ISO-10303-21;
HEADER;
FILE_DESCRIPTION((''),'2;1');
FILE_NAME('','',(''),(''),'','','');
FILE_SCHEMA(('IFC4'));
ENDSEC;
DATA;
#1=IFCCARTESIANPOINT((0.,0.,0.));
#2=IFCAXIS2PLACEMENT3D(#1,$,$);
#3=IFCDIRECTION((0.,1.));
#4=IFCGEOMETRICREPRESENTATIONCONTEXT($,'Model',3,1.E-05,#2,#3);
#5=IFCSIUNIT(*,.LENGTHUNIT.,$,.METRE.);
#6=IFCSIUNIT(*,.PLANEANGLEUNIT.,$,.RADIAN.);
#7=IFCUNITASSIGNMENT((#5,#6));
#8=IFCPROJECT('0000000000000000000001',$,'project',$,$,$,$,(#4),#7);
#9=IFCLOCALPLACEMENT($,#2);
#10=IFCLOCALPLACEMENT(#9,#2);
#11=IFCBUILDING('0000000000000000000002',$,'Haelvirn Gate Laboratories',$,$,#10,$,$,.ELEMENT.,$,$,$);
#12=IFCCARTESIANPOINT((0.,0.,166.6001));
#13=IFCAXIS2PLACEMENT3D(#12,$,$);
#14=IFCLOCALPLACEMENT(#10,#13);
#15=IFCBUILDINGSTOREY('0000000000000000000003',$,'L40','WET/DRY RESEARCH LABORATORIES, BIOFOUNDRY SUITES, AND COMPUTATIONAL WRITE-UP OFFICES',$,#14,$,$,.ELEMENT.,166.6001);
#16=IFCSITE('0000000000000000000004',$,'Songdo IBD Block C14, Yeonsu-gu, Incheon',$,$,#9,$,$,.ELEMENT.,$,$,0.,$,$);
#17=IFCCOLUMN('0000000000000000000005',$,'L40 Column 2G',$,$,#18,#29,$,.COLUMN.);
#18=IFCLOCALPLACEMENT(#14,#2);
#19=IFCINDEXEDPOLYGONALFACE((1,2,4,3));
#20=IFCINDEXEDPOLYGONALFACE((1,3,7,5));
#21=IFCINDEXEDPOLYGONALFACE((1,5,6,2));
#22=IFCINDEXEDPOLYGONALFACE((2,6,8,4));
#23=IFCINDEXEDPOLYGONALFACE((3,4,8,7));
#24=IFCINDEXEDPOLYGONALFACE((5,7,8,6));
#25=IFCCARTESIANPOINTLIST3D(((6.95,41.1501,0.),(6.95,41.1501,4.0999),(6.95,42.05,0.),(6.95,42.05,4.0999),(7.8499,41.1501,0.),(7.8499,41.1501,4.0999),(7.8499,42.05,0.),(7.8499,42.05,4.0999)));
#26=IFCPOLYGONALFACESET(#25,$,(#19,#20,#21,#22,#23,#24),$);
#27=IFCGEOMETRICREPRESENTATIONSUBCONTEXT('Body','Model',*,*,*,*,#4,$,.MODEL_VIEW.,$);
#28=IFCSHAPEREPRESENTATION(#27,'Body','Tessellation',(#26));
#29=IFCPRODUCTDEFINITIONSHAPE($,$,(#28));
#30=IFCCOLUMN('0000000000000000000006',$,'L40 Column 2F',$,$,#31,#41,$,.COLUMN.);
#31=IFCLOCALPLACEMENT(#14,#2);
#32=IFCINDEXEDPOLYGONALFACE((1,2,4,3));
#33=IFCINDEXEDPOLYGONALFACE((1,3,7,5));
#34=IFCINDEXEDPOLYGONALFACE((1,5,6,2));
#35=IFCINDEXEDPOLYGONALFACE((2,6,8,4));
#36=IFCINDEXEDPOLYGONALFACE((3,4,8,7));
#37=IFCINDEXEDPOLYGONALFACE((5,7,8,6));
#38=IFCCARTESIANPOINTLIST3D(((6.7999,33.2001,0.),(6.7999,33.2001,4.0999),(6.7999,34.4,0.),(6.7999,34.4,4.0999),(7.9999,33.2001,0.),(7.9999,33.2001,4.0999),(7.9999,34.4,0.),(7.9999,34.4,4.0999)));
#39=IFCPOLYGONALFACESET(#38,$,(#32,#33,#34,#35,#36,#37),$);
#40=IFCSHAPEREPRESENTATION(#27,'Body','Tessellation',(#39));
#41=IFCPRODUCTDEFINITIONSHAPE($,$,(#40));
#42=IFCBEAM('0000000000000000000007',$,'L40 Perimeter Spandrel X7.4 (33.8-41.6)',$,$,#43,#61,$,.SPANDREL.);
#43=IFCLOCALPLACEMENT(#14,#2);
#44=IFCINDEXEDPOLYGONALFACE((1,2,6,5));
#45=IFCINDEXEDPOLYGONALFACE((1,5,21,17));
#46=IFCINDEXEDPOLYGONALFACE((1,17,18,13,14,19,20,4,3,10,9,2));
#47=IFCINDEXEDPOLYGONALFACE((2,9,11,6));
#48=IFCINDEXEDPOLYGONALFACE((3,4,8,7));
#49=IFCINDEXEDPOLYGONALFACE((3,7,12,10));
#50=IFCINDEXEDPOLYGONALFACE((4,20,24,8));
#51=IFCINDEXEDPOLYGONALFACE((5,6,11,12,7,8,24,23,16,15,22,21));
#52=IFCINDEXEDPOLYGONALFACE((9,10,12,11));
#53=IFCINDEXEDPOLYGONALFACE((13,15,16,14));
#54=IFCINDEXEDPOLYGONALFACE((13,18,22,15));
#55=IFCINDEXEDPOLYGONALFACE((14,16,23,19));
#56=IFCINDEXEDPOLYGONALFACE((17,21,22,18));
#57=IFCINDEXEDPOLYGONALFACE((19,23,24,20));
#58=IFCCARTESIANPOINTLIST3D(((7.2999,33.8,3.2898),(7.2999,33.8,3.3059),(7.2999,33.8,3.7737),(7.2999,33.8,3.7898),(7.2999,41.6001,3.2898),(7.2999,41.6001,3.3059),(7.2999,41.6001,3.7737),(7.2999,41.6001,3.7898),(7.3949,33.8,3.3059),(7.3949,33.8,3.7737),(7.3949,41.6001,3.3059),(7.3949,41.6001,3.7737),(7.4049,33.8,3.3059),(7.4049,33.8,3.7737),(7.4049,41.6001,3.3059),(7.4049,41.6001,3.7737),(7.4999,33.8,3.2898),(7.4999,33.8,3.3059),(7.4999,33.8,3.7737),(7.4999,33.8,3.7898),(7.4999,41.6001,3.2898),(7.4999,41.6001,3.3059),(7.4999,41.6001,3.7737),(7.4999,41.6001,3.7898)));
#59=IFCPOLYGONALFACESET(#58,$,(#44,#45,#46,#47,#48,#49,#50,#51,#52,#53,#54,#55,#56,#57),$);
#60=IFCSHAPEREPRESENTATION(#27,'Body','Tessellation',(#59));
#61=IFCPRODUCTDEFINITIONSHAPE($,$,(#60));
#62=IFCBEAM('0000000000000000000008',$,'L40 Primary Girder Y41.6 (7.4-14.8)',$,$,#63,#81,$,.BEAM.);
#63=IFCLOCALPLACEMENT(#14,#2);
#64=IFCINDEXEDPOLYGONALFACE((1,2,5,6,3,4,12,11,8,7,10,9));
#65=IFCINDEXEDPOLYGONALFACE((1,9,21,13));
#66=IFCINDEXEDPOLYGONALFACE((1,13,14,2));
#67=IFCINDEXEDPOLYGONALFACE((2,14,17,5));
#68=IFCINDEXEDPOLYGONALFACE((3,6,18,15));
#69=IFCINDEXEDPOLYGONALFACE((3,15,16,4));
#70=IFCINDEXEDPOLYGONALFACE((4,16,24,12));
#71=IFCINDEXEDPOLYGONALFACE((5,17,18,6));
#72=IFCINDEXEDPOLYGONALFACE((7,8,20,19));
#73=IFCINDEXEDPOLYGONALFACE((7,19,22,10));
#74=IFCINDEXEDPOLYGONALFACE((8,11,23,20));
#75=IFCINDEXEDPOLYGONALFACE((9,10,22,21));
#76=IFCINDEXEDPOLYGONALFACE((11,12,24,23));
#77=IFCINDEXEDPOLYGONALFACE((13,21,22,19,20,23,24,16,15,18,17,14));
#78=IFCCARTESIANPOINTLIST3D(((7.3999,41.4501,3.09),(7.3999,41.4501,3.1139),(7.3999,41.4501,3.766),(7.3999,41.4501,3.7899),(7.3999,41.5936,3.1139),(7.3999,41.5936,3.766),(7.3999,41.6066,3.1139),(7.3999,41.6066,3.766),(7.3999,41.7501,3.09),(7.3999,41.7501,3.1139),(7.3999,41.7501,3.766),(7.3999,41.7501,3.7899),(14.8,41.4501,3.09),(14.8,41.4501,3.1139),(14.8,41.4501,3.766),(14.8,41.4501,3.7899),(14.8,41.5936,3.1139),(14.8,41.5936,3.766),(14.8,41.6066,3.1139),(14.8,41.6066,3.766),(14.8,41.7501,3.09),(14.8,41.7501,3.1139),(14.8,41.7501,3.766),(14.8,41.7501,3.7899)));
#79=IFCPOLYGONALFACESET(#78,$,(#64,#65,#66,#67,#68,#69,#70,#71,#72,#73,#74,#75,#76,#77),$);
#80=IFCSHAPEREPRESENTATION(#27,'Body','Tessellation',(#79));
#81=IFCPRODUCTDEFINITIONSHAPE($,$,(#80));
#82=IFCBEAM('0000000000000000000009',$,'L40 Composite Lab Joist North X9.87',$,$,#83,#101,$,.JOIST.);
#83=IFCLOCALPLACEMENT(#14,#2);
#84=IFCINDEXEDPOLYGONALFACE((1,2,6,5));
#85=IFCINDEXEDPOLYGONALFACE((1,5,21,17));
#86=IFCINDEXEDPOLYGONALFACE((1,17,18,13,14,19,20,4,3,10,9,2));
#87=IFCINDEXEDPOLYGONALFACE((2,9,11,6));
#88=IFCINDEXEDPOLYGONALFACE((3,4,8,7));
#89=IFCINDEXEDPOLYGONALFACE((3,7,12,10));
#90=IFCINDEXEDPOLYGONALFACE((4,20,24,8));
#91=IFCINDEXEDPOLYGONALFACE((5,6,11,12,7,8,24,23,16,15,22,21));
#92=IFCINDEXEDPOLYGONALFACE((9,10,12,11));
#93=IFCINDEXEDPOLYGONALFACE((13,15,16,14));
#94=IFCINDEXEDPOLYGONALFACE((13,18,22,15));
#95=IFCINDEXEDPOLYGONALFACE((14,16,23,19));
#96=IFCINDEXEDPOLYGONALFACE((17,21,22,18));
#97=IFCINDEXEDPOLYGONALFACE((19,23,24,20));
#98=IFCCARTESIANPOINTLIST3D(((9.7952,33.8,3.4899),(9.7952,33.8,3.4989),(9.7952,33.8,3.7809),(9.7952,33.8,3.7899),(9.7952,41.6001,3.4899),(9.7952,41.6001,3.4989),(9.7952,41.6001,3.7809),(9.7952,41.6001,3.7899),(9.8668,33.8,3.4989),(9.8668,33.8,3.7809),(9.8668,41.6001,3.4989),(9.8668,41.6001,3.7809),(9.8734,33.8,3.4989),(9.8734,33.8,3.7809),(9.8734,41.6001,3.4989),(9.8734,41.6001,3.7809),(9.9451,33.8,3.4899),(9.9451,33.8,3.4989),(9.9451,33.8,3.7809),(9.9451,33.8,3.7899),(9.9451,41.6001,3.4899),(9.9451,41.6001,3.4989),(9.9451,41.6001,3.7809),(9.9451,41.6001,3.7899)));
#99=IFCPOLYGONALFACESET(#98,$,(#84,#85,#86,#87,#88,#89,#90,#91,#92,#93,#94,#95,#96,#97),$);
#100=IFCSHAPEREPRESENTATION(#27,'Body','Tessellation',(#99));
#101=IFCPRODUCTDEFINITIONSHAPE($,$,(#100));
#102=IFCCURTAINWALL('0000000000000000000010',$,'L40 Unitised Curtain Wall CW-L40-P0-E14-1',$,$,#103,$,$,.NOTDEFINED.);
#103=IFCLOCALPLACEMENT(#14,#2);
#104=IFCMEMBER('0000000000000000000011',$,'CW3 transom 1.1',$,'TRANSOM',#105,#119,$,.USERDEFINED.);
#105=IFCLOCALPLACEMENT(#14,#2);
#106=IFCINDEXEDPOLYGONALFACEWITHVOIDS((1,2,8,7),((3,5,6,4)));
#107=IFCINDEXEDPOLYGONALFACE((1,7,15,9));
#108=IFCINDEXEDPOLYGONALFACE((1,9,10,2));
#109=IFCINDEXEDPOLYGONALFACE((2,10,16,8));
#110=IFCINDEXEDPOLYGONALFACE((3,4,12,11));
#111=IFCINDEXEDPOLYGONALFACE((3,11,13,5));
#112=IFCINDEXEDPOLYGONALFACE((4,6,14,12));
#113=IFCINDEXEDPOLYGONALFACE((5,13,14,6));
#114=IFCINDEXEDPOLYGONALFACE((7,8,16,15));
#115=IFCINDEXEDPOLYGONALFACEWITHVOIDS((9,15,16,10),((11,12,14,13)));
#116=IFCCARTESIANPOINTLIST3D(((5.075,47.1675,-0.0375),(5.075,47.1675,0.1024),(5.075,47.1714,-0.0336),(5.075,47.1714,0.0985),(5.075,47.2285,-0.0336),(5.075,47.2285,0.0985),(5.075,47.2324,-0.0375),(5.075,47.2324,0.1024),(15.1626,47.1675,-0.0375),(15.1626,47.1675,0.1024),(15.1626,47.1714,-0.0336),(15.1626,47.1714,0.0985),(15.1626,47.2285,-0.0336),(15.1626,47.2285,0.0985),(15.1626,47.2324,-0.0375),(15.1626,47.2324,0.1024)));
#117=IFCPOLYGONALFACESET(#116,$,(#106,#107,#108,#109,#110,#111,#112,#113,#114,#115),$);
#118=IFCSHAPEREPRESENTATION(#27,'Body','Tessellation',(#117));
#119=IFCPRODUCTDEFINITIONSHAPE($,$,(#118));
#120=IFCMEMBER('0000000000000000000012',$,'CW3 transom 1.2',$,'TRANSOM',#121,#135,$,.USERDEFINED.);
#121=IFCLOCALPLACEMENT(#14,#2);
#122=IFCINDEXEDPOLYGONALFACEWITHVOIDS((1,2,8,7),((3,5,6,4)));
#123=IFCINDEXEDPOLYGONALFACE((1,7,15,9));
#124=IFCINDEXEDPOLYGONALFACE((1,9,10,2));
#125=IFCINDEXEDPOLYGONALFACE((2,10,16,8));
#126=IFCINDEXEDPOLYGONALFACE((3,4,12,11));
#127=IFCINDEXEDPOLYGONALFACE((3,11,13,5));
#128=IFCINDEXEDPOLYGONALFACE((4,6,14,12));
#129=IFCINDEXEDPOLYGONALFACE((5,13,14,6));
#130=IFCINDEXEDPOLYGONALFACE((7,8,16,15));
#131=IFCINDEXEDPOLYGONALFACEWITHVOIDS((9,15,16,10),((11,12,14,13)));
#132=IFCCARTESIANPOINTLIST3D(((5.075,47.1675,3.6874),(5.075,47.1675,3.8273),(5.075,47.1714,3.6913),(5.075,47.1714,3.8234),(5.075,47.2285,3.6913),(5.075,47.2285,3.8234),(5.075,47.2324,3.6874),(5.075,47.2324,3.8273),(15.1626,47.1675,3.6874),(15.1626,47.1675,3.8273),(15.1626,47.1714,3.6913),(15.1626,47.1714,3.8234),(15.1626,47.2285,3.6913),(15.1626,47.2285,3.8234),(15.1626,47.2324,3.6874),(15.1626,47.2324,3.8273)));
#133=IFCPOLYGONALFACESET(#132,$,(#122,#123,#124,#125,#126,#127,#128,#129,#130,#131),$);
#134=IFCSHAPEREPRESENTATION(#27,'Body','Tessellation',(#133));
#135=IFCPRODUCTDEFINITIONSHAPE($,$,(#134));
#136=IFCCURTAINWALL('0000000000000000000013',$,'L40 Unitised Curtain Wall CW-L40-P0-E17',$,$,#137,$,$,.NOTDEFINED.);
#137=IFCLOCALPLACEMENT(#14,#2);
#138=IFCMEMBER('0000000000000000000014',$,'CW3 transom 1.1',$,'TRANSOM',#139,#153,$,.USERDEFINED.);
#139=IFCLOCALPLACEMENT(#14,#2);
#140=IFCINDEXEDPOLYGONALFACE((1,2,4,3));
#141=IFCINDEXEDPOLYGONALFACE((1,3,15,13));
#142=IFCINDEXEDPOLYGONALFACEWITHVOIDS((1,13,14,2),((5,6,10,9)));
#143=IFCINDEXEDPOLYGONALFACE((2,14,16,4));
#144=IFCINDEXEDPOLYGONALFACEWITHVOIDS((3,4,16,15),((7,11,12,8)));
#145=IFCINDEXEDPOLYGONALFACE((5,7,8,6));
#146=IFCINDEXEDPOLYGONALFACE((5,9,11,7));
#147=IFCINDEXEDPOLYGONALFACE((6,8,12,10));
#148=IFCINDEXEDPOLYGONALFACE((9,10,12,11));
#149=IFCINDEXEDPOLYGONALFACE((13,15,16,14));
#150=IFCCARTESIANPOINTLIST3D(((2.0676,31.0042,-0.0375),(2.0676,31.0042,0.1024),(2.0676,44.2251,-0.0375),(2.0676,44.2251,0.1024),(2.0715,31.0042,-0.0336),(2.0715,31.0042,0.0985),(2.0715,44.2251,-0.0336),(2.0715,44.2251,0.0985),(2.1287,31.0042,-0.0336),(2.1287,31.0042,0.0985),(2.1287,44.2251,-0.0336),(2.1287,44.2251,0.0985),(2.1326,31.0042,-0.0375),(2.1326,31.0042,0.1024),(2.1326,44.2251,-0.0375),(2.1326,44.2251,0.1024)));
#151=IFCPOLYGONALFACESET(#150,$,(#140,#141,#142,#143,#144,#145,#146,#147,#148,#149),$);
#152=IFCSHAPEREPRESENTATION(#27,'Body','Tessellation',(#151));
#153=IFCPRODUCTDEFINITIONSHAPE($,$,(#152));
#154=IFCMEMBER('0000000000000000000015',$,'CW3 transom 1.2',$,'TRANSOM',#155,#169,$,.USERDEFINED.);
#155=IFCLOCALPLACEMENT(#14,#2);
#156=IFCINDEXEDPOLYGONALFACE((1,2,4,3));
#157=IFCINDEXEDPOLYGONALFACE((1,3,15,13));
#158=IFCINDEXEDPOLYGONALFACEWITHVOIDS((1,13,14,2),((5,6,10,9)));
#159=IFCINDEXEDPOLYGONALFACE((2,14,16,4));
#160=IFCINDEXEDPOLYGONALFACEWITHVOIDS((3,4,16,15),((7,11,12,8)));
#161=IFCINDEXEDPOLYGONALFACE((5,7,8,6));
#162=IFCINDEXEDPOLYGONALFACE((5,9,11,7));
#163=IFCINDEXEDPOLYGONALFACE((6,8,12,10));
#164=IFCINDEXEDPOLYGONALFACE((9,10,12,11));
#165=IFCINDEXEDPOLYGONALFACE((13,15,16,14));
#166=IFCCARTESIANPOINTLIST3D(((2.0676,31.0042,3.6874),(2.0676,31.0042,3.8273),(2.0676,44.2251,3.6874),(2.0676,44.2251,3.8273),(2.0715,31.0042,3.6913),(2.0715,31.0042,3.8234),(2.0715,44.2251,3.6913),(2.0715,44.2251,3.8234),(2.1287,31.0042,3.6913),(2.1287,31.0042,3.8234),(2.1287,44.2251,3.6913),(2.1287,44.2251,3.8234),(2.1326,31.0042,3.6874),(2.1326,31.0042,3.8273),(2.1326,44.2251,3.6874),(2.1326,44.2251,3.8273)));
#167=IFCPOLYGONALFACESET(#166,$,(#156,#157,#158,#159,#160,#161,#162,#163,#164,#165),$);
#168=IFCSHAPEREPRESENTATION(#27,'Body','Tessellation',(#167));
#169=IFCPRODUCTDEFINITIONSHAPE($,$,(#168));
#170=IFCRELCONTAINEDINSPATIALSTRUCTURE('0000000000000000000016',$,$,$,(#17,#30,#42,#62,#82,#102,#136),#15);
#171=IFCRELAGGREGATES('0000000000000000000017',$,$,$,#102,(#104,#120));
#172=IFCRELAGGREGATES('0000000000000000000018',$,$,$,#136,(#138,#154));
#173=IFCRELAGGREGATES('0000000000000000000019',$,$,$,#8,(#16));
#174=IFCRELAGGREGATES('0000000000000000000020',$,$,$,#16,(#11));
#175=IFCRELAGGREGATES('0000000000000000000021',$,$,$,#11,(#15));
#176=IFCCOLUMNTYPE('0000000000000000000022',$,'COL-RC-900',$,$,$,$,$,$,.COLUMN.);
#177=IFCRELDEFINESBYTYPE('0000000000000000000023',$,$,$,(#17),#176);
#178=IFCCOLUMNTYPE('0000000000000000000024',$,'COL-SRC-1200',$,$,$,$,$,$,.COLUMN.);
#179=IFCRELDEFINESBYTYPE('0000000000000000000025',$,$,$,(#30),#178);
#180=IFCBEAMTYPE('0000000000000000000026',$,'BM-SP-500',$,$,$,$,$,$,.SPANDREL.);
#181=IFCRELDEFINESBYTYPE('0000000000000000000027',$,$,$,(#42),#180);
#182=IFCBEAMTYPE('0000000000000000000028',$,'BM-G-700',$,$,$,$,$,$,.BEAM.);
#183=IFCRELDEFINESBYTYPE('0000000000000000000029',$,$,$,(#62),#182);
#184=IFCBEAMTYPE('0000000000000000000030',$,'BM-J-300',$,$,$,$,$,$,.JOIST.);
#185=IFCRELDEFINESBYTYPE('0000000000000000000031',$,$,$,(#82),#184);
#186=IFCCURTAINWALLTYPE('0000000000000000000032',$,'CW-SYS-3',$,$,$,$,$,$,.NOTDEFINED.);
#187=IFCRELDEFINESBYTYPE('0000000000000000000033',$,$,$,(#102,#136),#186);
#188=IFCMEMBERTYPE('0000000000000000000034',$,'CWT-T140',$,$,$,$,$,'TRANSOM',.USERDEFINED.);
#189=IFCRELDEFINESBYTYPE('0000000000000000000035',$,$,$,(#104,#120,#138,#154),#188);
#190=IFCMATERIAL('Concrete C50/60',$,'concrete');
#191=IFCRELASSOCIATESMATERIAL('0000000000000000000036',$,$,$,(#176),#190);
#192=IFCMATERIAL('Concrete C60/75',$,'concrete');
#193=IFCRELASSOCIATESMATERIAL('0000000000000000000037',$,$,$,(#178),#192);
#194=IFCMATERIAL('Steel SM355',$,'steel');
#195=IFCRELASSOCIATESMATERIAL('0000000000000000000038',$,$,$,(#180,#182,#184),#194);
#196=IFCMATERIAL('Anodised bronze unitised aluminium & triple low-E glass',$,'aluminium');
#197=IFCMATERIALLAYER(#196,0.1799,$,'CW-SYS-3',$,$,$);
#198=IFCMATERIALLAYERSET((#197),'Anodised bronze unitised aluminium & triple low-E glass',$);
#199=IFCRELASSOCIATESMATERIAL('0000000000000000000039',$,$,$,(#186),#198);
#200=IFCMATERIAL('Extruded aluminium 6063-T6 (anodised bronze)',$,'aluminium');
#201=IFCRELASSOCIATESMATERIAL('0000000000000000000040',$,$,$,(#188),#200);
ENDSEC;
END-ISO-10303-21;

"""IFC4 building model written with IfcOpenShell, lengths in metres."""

from ifc_helpers import new_model, si_unit, direction, frame, origin, origin_2d, place, context, subcontext, project, spatial, rectangle, hollow_rectangle, i_section, extrude, source, transform, mapped, material, layer, layer_set, material_profile, profile_set, type_object, type_shapes, element, aggregate, save


model = new_model("IFC4")

# Units and contexts
model_context = context("Model", 3, precision=1e-05, world=origin(), true_north=direction((0.0, 1.0)))
body_context = subcontext(model_context, "Body", "Model", "MODEL_VIEW")
ifc_project = project(units=[si_unit("LENGTHUNIT", "METRE"), si_unit("PLANEANGLEUNIT", "RADIAN")], contexts=[model_context])

# Site, building, storey
site_placement = place(None, origin())
site = spatial("IfcSite", under=ifc_project, at=site_placement, Name="Songdo IBD Block C14, Yeonsu-gu, Incheon", CompositionType="ELEMENT", RefElevation=0.0)
building_placement = place(site_placement, origin())
building = spatial("IfcBuilding", under=site, at=building_placement, Name="Haelvirn Gate Laboratories", CompositionType="ELEMENT")
storey_placement = place(building_placement, frame((0.0, 0.0, 166.6001)))
storey = spatial("IfcBuildingStorey", under=building, at=storey_placement, Name="L40", Description="WET/DRY RESEARCH LABORATORIES, BIOFOUNDRY SUITES, AND COMPUTATIONAL WRITE-UP OFFICES", CompositionType="ELEMENT", Elevation=166.6001)

# Columns
ifc_material_1 = material(Name="Concrete C50/60", Category="concrete")
ifc_material_profile_1 = material_profile(ifc_material_1, rectangle(XDim=0.8999, YDim=0.8999, at=origin_2d()), Name="RC-900x900")
ifc_profile_set_1 = profile_set([ifc_material_profile_1], Name="Concrete C50/60")
column_type_1 = type_object("IfcColumnType", Name="COL-RC-900", PredefinedType="COLUMN", material=ifc_profile_set_1)
shared_shape_1 = source(origin(), body_context, "Body", "SweptSolid", [
    extrude(rectangle(XDim=0.8999, YDim=0.8999, at=origin_2d()), origin(), (0.0, 0.0, 1.0), 4.0999),
])
type_shapes(column_type_1, [shared_shape_1])
column_1_placement = place(storey_placement, frame((7.3999, 41.6001, 0.0), z_axis=(0.0, 0.0, 1.0), x_axis=(1.0, 0.0, 0.0)))
element("IfcColumn", 1, at=column_1_placement, inside=storey, type_object=column_type_1, Name="L40 Column 2G", PredefinedType="COLUMN", context=body_context, shape_type="MappedRepresentation", body=[
    mapped(shared_shape_1, transform((0.0, 0.0, 0.0), scale=1.0)),
])
ifc_material_2 = material(Name="Concrete C60/75", Category="concrete")
ifc_material_profile_2 = material_profile(ifc_material_2, rectangle(XDim=1.2, YDim=1.2, at=origin_2d()), Name="SRC-1200x1200")
ifc_profile_set_2 = profile_set([ifc_material_profile_2], Name="Concrete C60/75")
column_type_2 = type_object("IfcColumnType", Name="COL-SRC-1200", PredefinedType="COLUMN", material=ifc_profile_set_2)
shared_shape_2 = source(origin(), body_context, "Body", "SweptSolid", [
    extrude(rectangle(XDim=1.2, YDim=1.2, at=origin_2d()), origin(), (0.0, 0.0, 1.0), 4.0999),
])
type_shapes(column_type_2, [shared_shape_2])
column_2_placement = place(storey_placement, frame((7.3999, 33.8, 0.0), z_axis=(0.0, 0.0, 1.0), x_axis=(1.0, 0.0, 0.0)))
element("IfcColumn", 2, at=column_2_placement, inside=storey, type_object=column_type_2, Name="L40 Column 2F", PredefinedType="COLUMN", context=body_context, shape_type="MappedRepresentation", body=[
    mapped(shared_shape_2, transform((0.0, 0.0, 0.0), scale=1.0)),
])

# Beams
ifc_material_3 = material(Name="Steel SM355", Category="steel")
ifc_material_profile_3 = material_profile(ifc_material_3, i_section(OverallWidth=0.2, OverallDepth=0.5, WebThickness=0.01, FlangeThickness=0.0161, at=origin_2d()), Name="H-500x200x10x16")
ifc_profile_set_3 = profile_set([ifc_material_profile_3], Name="Steel SM355")
beam_type_1 = type_object("IfcBeamType", Name="BM-SP-500", PredefinedType="SPANDREL", material=ifc_profile_set_3)
shared_shape_3 = source(origin(), body_context, "Body", "SweptSolid", [
    extrude(i_section(OverallWidth=0.2, OverallDepth=0.5, WebThickness=0.01, FlangeThickness=0.0161, at=origin_2d()), origin(), (0.0, 0.0, 1.0), 7.8),
])
type_shapes(beam_type_1, [shared_shape_3])
beam_1_placement = place(storey_placement, frame((7.3999, 33.8, 3.5398), z_axis=(0.0, 1.0, 0.0), x_axis=(-1.0, 0.0, 0.0)))
element("IfcBeam", 3, at=beam_1_placement, inside=storey, type_object=beam_type_1, Name="L40 Perimeter Spandrel X7.4 (33.8-41.6)", PredefinedType="SPANDREL", context=body_context, shape_type="MappedRepresentation", body=[
    mapped(shared_shape_3, transform((0.0, 0.0, 0.0), scale=1.0)),
])
ifc_material_profile_4 = material_profile(ifc_material_3, i_section(OverallWidth=0.3, OverallDepth=0.7, WebThickness=0.0129, FlangeThickness=0.0239, at=origin_2d()), Name="H-700x300x13x24")
ifc_profile_set_4 = profile_set([ifc_material_profile_4], Name="Steel SM355")
beam_type_2 = type_object("IfcBeamType", Name="BM-G-700", PredefinedType="BEAM", material=ifc_profile_set_4)
shared_shape_4 = source(origin(), body_context, "Body", "SweptSolid", [
    extrude(i_section(OverallWidth=0.3, OverallDepth=0.7, WebThickness=0.0129, FlangeThickness=0.0239, at=origin_2d()), origin(), (0.0, 0.0, 1.0), 7.4001),
])
type_shapes(beam_type_2, [shared_shape_4])
beam_2_placement = place(storey_placement, frame((7.3999, 41.6001, 3.4399), z_axis=(1.0, 0.0, 0.0), x_axis=(0.0, 1.0, 0.0)))
element("IfcBeam", 4, at=beam_2_placement, inside=storey, type_object=beam_type_2, Name="L40 Primary Girder Y41.6 (7.4-14.8)", PredefinedType="BEAM", context=body_context, shape_type="MappedRepresentation", body=[
    mapped(shared_shape_4, transform((0.0, 0.0, 0.0), scale=1.0)),
])
ifc_material_profile_5 = material_profile(ifc_material_3, i_section(OverallWidth=0.1499, OverallDepth=0.3, WebThickness=0.0066, FlangeThickness=0.009, at=origin_2d()), Name="H-300x150x6.5x9")
ifc_profile_set_5 = profile_set([ifc_material_profile_5], Name="Steel SM355")
beam_type_3 = type_object("IfcBeamType", Name="BM-J-300", PredefinedType="JOIST", material=ifc_profile_set_5)
shared_shape_5 = source(origin(), body_context, "Body", "SweptSolid", [
    extrude(i_section(OverallWidth=0.1499, OverallDepth=0.3, WebThickness=0.0066, FlangeThickness=0.009, at=origin_2d()), origin(), (0.0, 0.0, 1.0), 7.8),
])
type_shapes(beam_type_3, [shared_shape_5])
beam_3_placement = place(storey_placement, frame((9.8701, 33.8, 3.6399), z_axis=(0.0, 1.0, 0.0), x_axis=(-1.0, 0.0, 0.0)))
element("IfcBeam", 5, at=beam_3_placement, inside=storey, type_object=beam_type_3, Name="L40 Composite Lab Joist North X9.87", PredefinedType="JOIST", context=body_context, shape_type="MappedRepresentation", body=[
    mapped(shared_shape_5, transform((0.0, 0.0, 0.0), scale=1.0)),
])

# Curtain walls, members
ifc_material_4 = material(Name="Anodised bronze unitised aluminium & triple low-E glass", Category="aluminium")
ifc_layer_1 = layer(ifc_material_4, 0.1799, Name="CW-SYS-3")
ifc_layer_set_1 = layer_set([ifc_layer_1], Name="Anodised bronze unitised aluminium & triple low-E glass")
curtain_wall_type_1 = type_object("IfcCurtainWallType", Name="CW-SYS-3", PredefinedType="NOTDEFINED", material=ifc_layer_set_1)
curtain_wall_1_placement = place(storey_placement, origin())
curtain_wall_1 = element("IfcCurtainWall", 6, at=curtain_wall_1_placement, inside=storey, type_object=curtain_wall_type_1, Name="L40 Unitised Curtain Wall CW-L40-P0-E14-1", PredefinedType="NOTDEFINED")
ifc_material_5 = material(Name="Extruded aluminium 6063-T6 (anodised bronze)", Category="aluminium")
ifc_material_profile_6 = material_profile(ifc_material_5, hollow_rectangle(XDim=0.0649, YDim=0.1399, WallThickness=0.0039, at=origin_2d()), Name="CWT-140x65x4")
ifc_profile_set_6 = profile_set([ifc_material_profile_6], Name="Extruded aluminium 6063-T6 (anodised bronze)")
member_type_1 = type_object("IfcMemberType", Name="CWT-T140", ElementType="TRANSOM", PredefinedType="USERDEFINED", material=ifc_profile_set_6)
shared_shape_6 = source(origin(), body_context, "Body", "SweptSolid", [
    extrude(hollow_rectangle(XDim=0.0649, YDim=0.1399, WallThickness=0.0039, at=origin_2d()), origin(), (0.0, 0.0, 1.0), 10.0876),
])
member_1_placement = place(storey_placement, frame((5.075, 47.2, 0.0325), z_axis=(1.0, 0.0, 0.0), x_axis=(0.0, 1.0, 0.0)))
member_1 = element("IfcMember", 7, at=member_1_placement, type_object=member_type_1, Name="CW3 transom 1.1", ObjectType="TRANSOM", PredefinedType="USERDEFINED", context=body_context, shape_type="MappedRepresentation", body=[
    mapped(shared_shape_6, transform((0.0, 0.0, 0.0), scale=1.0)),
])
member_2_placement = place(storey_placement, frame((5.075, 47.2, 3.7573), z_axis=(1.0, 0.0, 0.0), x_axis=(0.0, 1.0, 0.0)))
member_2 = element("IfcMember", 8, at=member_2_placement, type_object=member_type_1, Name="CW3 transom 1.2", ObjectType="TRANSOM", PredefinedType="USERDEFINED", context=body_context, shape_type="MappedRepresentation", body=[
    mapped(shared_shape_6, transform((0.0, 0.0, 0.0), scale=1.0)),
])
curtain_wall_2_placement = place(storey_placement, origin())
curtain_wall_2 = element("IfcCurtainWall", 9, at=curtain_wall_2_placement, inside=storey, type_object=curtain_wall_type_1, Name="L40 Unitised Curtain Wall CW-L40-P0-E17", PredefinedType="NOTDEFINED")
shared_shape_7 = source(origin(), body_context, "Body", "SweptSolid", [
    extrude(hollow_rectangle(XDim=0.0649, YDim=0.1399, WallThickness=0.0039, at=origin_2d()), origin(), (0.0, 0.0, 1.0), 13.2209),
])
member_3_placement = place(storey_placement, frame((2.1001, 44.2251, 0.0325), z_axis=(0.0, -1.0, 0.0), x_axis=(1.0, 0.0, 0.0)))
member_3 = element("IfcMember", 10, at=member_3_placement, type_object=member_type_1, Name="CW3 transom 1.1", ObjectType="TRANSOM", PredefinedType="USERDEFINED", context=body_context, shape_type="MappedRepresentation", body=[
    mapped(shared_shape_7, transform((0.0, 0.0, 0.0), scale=1.0)),
])
member_4_placement = place(storey_placement, frame((2.1001, 44.2251, 3.7573), z_axis=(0.0, -1.0, 0.0), x_axis=(1.0, 0.0, 0.0)))
member_4 = element("IfcMember", 11, at=member_4_placement, type_object=member_type_1, Name="CW3 transom 1.2", ObjectType="TRANSOM", PredefinedType="USERDEFINED", context=body_context, shape_type="MappedRepresentation", body=[
    mapped(shared_shape_7, transform((0.0, 0.0, 0.0), scale=1.0)),
])

aggregate(curtain_wall_1, [member_1, member_2])
aggregate(curtain_wall_2, [member_3, member_4])

save(model, "model.ifc")
